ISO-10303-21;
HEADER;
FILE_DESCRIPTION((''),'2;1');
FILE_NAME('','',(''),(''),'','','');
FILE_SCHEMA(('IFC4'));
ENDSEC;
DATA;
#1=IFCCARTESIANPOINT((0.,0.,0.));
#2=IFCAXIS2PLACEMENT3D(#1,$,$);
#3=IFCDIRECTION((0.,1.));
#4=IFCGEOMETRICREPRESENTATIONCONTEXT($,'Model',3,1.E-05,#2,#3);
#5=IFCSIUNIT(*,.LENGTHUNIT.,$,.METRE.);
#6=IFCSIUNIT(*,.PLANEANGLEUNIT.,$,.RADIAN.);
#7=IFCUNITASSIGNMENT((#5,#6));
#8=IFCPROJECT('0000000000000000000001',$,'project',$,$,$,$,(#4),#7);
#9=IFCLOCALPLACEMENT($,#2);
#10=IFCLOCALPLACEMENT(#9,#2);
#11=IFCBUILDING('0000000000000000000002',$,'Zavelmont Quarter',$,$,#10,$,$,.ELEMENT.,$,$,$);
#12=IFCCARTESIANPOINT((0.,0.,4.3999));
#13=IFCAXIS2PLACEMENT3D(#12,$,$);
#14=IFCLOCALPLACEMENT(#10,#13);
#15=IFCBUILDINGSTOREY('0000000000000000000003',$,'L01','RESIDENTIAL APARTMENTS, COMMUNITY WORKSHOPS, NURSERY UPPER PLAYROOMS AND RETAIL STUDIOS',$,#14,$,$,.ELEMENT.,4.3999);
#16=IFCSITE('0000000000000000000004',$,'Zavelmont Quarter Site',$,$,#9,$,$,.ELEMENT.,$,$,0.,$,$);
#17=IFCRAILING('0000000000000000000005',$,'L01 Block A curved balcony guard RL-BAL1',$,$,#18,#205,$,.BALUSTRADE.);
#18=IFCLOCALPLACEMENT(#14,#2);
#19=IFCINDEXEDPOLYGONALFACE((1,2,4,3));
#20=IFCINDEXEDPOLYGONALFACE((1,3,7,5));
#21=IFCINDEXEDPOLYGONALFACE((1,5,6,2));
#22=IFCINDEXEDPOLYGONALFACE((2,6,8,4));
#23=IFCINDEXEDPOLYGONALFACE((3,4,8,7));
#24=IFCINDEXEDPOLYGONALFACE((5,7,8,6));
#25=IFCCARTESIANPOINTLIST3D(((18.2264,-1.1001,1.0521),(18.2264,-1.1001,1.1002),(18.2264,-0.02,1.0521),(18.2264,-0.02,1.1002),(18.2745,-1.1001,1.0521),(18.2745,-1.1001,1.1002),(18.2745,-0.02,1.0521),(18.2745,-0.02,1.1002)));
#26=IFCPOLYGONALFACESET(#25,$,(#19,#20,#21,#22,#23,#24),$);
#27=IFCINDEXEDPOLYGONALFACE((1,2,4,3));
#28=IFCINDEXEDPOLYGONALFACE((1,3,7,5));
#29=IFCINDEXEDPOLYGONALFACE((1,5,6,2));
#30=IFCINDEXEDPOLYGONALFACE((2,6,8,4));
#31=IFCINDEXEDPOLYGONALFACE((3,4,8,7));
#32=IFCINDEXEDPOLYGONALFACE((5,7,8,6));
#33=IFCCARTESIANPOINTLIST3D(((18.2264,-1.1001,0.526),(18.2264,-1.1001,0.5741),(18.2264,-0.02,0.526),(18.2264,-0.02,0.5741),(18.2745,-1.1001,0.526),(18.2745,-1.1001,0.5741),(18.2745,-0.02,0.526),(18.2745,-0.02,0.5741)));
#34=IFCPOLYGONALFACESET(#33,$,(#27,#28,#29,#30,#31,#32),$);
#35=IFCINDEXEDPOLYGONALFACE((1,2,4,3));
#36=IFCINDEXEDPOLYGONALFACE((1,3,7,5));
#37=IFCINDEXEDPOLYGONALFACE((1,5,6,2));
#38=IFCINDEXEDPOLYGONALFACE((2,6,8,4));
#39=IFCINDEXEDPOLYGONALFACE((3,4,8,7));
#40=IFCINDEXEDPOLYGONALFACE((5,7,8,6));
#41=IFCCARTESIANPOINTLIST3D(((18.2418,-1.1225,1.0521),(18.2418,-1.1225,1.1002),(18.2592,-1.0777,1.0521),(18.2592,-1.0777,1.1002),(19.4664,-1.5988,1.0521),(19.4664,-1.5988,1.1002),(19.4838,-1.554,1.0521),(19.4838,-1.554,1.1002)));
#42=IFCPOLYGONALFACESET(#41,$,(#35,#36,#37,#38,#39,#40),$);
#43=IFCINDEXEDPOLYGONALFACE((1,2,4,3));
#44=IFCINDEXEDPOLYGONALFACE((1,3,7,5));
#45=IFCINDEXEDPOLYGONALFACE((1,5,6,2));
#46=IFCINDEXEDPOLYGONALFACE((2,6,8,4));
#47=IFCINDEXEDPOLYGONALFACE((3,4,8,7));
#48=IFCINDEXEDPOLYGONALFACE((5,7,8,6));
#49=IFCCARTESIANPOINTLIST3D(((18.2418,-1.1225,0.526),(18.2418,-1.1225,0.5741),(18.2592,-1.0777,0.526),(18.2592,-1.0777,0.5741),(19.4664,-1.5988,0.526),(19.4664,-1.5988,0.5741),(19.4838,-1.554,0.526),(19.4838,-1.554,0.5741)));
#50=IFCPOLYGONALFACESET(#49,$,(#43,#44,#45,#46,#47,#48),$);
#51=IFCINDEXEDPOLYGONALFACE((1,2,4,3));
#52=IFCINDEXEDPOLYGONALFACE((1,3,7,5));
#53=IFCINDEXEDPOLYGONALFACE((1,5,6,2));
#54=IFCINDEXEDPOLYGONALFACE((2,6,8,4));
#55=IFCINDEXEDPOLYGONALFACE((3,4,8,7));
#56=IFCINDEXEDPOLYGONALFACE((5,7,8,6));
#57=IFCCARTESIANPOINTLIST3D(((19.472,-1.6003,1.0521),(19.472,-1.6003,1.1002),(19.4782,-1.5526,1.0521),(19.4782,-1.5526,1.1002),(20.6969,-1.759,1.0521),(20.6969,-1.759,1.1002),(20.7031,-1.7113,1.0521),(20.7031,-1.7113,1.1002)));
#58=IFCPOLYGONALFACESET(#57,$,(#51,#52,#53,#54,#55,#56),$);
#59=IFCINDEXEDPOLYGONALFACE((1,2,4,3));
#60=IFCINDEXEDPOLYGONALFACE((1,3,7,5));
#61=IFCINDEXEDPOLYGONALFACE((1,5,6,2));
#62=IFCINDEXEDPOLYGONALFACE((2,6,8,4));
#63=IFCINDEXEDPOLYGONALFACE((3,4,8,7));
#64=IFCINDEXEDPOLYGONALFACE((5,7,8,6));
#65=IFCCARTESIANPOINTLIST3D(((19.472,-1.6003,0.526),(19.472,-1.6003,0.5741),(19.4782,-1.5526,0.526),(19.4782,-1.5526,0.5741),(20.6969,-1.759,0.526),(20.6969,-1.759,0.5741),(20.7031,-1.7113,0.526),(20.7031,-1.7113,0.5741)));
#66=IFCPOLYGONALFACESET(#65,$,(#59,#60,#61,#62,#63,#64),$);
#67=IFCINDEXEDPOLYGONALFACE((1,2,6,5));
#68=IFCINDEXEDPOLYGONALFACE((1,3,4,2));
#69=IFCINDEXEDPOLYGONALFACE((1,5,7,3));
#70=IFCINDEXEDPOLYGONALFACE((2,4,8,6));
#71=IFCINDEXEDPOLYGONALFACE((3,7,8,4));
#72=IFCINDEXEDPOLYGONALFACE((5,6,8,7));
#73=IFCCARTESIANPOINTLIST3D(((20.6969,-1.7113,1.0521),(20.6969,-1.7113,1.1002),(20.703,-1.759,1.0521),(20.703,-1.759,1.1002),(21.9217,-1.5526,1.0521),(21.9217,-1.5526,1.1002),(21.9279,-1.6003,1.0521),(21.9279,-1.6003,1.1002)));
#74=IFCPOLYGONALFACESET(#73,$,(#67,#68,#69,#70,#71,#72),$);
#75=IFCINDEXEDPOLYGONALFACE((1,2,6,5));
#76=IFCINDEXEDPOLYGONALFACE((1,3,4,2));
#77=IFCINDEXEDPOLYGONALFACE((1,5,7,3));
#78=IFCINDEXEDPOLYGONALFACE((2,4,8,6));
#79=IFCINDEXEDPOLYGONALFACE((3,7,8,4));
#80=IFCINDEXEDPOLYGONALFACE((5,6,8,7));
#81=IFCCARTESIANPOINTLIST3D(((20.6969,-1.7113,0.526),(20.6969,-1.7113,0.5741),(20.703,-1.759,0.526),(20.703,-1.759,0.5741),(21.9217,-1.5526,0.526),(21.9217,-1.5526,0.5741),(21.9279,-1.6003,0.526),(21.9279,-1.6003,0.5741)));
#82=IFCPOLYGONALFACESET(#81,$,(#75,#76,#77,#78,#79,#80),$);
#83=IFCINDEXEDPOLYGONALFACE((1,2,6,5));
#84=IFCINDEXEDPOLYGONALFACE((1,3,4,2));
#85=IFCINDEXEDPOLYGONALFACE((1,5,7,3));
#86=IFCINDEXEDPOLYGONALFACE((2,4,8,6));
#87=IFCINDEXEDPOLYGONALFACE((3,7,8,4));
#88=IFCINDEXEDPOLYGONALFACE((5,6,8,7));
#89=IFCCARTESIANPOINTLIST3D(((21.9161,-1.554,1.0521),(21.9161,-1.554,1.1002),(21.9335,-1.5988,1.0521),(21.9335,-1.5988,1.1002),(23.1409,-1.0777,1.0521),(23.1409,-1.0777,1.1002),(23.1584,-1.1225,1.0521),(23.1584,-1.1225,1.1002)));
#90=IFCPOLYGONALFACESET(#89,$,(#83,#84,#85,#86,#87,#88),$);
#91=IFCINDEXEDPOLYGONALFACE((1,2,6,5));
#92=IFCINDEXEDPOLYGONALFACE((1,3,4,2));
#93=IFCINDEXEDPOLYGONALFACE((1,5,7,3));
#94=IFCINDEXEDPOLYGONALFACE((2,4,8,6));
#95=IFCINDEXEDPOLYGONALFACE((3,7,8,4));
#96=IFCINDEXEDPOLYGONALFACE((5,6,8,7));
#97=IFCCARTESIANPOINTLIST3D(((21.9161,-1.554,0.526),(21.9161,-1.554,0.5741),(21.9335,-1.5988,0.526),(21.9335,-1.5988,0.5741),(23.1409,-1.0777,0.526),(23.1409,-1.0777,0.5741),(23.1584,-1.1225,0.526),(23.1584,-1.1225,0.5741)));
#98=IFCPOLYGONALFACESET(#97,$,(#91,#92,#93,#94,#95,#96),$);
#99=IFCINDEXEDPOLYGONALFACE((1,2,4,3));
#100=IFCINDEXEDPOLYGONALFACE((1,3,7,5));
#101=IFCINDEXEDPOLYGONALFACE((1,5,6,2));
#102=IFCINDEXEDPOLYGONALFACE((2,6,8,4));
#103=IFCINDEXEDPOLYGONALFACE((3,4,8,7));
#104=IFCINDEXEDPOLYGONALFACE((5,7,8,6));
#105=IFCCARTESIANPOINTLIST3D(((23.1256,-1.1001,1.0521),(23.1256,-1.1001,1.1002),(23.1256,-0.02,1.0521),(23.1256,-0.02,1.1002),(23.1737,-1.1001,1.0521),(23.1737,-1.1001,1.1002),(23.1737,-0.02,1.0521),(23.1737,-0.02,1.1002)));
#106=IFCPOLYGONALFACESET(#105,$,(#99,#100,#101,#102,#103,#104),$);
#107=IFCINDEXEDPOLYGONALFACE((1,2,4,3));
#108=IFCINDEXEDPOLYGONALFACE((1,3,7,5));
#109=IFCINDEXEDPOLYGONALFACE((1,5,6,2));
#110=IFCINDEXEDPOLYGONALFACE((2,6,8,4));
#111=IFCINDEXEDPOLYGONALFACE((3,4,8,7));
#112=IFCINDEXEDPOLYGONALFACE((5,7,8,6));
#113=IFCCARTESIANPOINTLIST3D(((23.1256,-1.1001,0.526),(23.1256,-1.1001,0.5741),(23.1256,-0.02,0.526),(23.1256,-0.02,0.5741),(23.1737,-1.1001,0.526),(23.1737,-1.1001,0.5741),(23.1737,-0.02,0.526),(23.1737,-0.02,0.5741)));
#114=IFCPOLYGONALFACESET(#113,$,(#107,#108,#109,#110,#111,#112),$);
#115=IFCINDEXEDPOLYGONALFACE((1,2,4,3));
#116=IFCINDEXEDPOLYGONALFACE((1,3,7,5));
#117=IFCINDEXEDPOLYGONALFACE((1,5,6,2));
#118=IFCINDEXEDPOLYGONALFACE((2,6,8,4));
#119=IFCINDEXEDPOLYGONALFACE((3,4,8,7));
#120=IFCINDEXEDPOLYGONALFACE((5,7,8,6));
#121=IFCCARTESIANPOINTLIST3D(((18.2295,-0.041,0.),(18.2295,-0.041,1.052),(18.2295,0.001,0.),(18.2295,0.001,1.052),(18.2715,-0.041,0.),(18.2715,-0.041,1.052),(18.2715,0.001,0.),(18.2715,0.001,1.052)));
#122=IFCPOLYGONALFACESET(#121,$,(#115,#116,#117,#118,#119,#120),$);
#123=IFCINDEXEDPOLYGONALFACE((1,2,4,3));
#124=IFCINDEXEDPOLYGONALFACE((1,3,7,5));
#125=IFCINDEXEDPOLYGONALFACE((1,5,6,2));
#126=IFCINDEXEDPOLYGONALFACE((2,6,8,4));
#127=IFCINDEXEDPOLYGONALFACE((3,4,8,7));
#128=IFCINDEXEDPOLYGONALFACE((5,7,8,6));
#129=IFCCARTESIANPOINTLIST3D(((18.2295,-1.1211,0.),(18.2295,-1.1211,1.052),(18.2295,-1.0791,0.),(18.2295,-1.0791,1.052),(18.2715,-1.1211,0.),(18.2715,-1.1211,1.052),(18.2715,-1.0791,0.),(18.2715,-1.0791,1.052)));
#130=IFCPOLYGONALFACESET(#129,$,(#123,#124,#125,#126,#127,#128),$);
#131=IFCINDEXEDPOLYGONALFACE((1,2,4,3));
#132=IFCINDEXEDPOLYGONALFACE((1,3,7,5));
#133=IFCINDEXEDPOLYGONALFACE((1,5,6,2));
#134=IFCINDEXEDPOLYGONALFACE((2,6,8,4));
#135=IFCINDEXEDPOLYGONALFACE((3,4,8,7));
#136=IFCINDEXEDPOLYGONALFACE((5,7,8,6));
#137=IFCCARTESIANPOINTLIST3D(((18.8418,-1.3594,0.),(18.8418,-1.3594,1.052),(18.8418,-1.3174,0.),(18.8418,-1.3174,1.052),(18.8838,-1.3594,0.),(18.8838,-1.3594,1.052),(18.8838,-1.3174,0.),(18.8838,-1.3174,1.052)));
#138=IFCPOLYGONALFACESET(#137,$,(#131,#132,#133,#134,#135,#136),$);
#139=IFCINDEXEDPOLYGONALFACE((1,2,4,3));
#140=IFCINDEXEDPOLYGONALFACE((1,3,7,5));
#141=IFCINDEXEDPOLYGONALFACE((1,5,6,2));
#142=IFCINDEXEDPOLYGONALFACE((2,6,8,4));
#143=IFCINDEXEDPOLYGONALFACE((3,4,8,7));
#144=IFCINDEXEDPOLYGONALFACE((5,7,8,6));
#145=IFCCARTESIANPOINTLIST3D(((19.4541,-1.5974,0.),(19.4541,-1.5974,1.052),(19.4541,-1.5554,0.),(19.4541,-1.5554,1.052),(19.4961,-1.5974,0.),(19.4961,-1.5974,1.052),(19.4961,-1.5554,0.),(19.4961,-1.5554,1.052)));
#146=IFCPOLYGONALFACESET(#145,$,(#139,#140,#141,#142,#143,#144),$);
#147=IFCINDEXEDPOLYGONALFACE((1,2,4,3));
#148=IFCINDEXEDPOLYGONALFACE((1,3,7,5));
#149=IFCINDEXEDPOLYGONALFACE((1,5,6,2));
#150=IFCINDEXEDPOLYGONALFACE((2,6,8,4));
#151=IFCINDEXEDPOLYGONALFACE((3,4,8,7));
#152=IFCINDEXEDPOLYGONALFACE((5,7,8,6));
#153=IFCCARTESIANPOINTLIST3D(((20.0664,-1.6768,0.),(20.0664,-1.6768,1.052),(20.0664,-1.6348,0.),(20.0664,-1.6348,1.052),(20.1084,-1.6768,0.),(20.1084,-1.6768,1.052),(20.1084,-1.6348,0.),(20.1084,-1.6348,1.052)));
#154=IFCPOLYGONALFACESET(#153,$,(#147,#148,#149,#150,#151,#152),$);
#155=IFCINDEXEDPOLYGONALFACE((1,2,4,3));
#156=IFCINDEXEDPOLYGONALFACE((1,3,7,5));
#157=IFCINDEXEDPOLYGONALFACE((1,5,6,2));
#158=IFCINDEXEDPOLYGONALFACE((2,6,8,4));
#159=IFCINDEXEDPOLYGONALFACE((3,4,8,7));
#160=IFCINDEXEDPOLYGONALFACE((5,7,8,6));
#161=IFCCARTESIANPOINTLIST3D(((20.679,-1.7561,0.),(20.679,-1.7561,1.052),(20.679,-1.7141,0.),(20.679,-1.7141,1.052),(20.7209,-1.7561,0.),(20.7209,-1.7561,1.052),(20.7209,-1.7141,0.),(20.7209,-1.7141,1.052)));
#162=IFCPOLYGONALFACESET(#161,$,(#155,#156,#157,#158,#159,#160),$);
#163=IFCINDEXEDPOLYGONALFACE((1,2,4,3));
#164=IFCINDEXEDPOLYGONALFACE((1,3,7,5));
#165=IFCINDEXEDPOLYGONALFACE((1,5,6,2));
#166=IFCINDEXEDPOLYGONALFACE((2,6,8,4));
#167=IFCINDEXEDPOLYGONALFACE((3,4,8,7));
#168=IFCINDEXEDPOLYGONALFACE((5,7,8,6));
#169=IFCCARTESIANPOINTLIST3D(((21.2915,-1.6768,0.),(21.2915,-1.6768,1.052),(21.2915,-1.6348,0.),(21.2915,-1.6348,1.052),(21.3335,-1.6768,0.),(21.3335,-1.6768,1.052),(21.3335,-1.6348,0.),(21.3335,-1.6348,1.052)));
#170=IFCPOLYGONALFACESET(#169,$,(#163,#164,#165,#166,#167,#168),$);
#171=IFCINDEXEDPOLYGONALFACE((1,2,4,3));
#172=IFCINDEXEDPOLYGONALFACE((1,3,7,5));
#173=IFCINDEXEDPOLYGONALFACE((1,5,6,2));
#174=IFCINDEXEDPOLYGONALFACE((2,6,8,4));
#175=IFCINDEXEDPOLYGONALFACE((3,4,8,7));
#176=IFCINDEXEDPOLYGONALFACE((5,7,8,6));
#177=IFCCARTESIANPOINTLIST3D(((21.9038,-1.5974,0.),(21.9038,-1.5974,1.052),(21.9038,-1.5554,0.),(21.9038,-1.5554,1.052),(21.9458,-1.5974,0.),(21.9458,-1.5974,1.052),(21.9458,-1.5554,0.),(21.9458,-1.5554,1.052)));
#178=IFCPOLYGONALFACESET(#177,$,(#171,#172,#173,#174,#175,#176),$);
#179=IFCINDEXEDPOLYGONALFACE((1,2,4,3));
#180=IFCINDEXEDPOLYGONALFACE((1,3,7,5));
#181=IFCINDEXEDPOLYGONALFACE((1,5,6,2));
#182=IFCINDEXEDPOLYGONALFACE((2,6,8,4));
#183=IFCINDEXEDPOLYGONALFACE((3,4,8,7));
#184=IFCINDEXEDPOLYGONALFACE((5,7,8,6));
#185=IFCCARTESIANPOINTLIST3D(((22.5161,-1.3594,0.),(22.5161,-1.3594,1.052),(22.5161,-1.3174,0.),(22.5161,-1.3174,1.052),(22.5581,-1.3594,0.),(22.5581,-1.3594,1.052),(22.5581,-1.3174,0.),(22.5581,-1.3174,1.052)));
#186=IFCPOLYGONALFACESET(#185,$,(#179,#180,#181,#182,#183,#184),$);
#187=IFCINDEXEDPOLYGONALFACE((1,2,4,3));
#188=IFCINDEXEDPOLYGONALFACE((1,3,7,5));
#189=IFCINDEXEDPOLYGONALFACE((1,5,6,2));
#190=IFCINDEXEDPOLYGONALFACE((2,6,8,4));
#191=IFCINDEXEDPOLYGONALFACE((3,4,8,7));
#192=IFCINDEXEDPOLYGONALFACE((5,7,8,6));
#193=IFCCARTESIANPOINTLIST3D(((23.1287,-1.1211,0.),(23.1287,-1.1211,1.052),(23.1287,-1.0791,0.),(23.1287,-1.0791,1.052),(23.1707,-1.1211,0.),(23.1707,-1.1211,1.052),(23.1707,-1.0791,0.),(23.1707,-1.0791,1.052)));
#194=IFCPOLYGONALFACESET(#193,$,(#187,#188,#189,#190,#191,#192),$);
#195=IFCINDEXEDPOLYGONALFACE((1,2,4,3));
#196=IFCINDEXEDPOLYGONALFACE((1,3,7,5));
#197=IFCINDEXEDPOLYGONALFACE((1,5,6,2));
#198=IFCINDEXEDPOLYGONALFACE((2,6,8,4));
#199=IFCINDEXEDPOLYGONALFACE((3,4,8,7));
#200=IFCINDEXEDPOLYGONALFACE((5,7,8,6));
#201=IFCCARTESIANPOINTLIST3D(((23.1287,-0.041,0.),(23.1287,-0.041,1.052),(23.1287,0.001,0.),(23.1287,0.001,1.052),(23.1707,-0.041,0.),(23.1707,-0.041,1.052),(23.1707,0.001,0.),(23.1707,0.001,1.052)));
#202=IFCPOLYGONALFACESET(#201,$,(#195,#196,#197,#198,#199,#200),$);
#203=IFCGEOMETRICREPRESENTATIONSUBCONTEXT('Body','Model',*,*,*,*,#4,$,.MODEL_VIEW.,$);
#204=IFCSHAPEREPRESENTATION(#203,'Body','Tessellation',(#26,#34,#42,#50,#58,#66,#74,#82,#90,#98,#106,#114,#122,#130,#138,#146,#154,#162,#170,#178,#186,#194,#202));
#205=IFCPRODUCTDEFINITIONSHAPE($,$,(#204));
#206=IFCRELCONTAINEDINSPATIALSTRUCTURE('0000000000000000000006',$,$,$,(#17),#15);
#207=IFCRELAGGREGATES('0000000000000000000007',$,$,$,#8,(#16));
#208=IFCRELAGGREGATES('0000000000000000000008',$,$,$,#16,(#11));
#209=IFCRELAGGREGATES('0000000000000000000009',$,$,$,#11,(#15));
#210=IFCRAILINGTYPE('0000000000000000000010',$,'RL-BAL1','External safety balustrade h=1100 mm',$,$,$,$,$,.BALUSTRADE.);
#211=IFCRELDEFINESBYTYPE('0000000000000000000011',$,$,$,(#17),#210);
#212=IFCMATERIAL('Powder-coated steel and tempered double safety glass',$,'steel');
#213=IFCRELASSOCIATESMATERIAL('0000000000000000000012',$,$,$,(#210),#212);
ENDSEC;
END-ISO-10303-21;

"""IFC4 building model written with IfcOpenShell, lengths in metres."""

from ifc_helpers import new_model, si_unit, direction, frame, origin, origin_2d, place, context, subcontext, project, spatial, rectangle, extrude, material, type_object, element, save


model = new_model("IFC4")

# Units and contexts
model_context = context("Model", 3, precision=1e-05, world=origin(), true_north=direction((0.0, 1.0)))
body_context = subcontext(model_context, "Body", "Model", "MODEL_VIEW")
ifc_project = project(units=[si_unit("LENGTHUNIT", "METRE"), si_unit("PLANEANGLEUNIT", "RADIAN")], contexts=[model_context])

# Site, building, storey
site_placement = place(None, origin())
site = spatial("IfcSite", under=ifc_project, at=site_placement, Name="Zavelmont Quarter Site", CompositionType="ELEMENT", RefElevation=0.0)
building_placement = place(site_placement, origin())
building = spatial("IfcBuilding", under=site, at=building_placement, Name="Zavelmont Quarter", CompositionType="ELEMENT")
storey_placement = place(building_placement, frame((0.0, 0.0, 4.3999)))
storey = spatial("IfcBuildingStorey", under=building, at=storey_placement, Name="L01", Description="RESIDENTIAL APARTMENTS, COMMUNITY WORKSHOPS, NURSERY UPPER PLAYROOMS AND RETAIL STUDIOS", CompositionType="ELEMENT", Elevation=4.3999)

# Railing
ifc_material_1 = material(Name="Powder-coated steel and tempered double safety glass", Category="steel")
railing_type = type_object("IfcRailingType", Name="RL-BAL1", Description="External safety balustrade h=1100 mm", PredefinedType="BALUSTRADE", material=ifc_material_1)
railing_1_placement = place(storey_placement, frame((18.2505, -0.02, 0.0)))
element("IfcRailing", 1, at=railing_1_placement, inside=storey, type_object=railing_type, Name="L01 Block A curved balcony guard RL-BAL1", PredefinedType="BALUSTRADE", context=body_context, shape_type="SweptSolid", body=[
    extrude(rectangle(XDim=0.0481, YDim=0.0481, at=origin_2d()), frame((0.0, 0.0, 1.0762), z_axis=(0.0, -1.0, 0.0), x_axis=(1.0, 0.0, 0.0)), (0.0, 0.0, 1.0), 1.0801),
    extrude(rectangle(XDim=0.0481, YDim=0.0481, at=origin_2d()), frame((0.0, 0.0, 0.55), z_axis=(0.0, -1.0, 0.0), x_axis=(1.0, 0.0, 0.0)), (0.0, 0.0, 1.0), 1.0801),
    extrude(rectangle(XDim=0.0481, YDim=0.0481, at=origin_2d()), frame((0.0, -1.0801, 1.0762), z_axis=(0.931984, -0.3625, 0.0), x_axis=(0.3625, 0.931984, 0.0)), (0.0, 0.0, 1.0), 1.314),
    extrude(rectangle(XDim=0.0481, YDim=0.0481, at=origin_2d()), frame((0.0, -1.0801, 0.55), z_axis=(0.931984, -0.3625, 0.0), x_axis=(0.3625, 0.931984, 0.0)), (0.0, 0.0, 1.0), 1.314),
    extrude(rectangle(XDim=0.0481, YDim=0.0481, at=origin_2d()), frame((1.2246, -1.5564, 1.0762), z_axis=(0.991711, -0.128486, 0.0), x_axis=(0.128486, 0.991711, 0.0)), (0.0, 0.0, 1.0), 1.2351),
    extrude(rectangle(XDim=0.0481, YDim=0.0481, at=origin_2d()), frame((1.2246, -1.5564, 0.55), z_axis=(0.991711, -0.128486, 0.0), x_axis=(0.128486, 0.991711, 0.0)), (0.0, 0.0, 1.0), 1.2351),
    extrude(rectangle(XDim=0.0481, YDim=0.0481, at=origin_2d()), frame((2.4495, -1.7151, 1.0762), z_axis=(0.991711, 0.128486, 0.0), x_axis=(-0.128486, 0.991711, 0.0)), (0.0, 0.0, 1.0), 1.2351),
    extrude(rectangle(XDim=0.0481, YDim=0.0481, at=origin_2d()), frame((2.4495, -1.7151, 0.55), z_axis=(0.991711, 0.128486, 0.0), x_axis=(-0.128486, 0.991711, 0.0)), (0.0, 0.0, 1.0), 1.2351),
    extrude(rectangle(XDim=0.0481, YDim=0.0481, at=origin_2d()), frame((3.6743, -1.5564, 1.0762), z_axis=(0.932008, 0.362437, 0.0), x_axis=(-0.362437, 0.932008, 0.0)), (0.0, 0.0, 1.0), 1.3142),
    extrude(rectangle(XDim=0.0481, YDim=0.0481, at=origin_2d()), frame((3.6743, -1.5564, 0.55), z_axis=(0.932008, 0.362437, 0.0), x_axis=(-0.362437, 0.932008, 0.0)), (0.0, 0.0, 1.0), 1.3142),
    extrude(rectangle(XDim=0.0481, YDim=0.0481, at=origin_2d()), frame((4.8992, -1.0801, 1.0762), z_axis=(0.0, 1.0, 0.0), x_axis=(-1.0, 0.0, 0.0)), (0.0, 0.0, 1.0), 1.0801),
    extrude(rectangle(XDim=0.0481, YDim=0.0481, at=origin_2d()), frame((4.8992, -1.0801, 0.55), z_axis=(0.0, 1.0, 0.0), x_axis=(-1.0, 0.0, 0.0)), (0.0, 0.0, 1.0), 1.0801),
    extrude(rectangle(XDim=0.042, YDim=0.042, at=origin_2d()), origin(), (0.0, 0.0, 1.0), 1.052),
    extrude(rectangle(XDim=0.042, YDim=0.042, at=origin_2d()), frame((0.0, -1.0801, 0.0)), (0.0, 0.0, 1.0), 1.052),
    extrude(rectangle(XDim=0.042, YDim=0.042, at=origin_2d()), frame((0.6123, -1.3184, 0.0)), (0.0, 0.0, 1.0), 1.052),
    extrude(rectangle(XDim=0.042, YDim=0.042, at=origin_2d()), frame((1.2246, -1.5564, 0.0)), (0.0, 0.0, 1.0), 1.052),
    extrude(rectangle(XDim=0.042, YDim=0.042, at=origin_2d()), frame((1.8369, -1.6357, 0.0)), (0.0, 0.0, 1.0), 1.052),
    extrude(rectangle(XDim=0.042, YDim=0.042, at=origin_2d()), frame((2.4495, -1.7151, 0.0)), (0.0, 0.0, 1.0), 1.052),
    extrude(rectangle(XDim=0.042, YDim=0.042, at=origin_2d()), frame((3.062, -1.6357, 0.0)), (0.0, 0.0, 1.0), 1.052),
    extrude(rectangle(XDim=0.042, YDim=0.042, at=origin_2d()), frame((3.6743, -1.5564, 0.0)), (0.0, 0.0, 1.0), 1.052),
    extrude(rectangle(XDim=0.042, YDim=0.042, at=origin_2d()), frame((4.2866, -1.3184, 0.0)), (0.0, 0.0, 1.0), 1.052),
    extrude(rectangle(XDim=0.042, YDim=0.042, at=origin_2d()), frame((4.8992, -1.0801, 0.0)), (0.0, 0.0, 1.0), 1.052),
    extrude(rectangle(XDim=0.042, YDim=0.042, at=origin_2d()), frame((4.8992, 0.0, 0.0)), (0.0, 0.0, 1.0), 1.052),
])

save(model, "model.ifc")
